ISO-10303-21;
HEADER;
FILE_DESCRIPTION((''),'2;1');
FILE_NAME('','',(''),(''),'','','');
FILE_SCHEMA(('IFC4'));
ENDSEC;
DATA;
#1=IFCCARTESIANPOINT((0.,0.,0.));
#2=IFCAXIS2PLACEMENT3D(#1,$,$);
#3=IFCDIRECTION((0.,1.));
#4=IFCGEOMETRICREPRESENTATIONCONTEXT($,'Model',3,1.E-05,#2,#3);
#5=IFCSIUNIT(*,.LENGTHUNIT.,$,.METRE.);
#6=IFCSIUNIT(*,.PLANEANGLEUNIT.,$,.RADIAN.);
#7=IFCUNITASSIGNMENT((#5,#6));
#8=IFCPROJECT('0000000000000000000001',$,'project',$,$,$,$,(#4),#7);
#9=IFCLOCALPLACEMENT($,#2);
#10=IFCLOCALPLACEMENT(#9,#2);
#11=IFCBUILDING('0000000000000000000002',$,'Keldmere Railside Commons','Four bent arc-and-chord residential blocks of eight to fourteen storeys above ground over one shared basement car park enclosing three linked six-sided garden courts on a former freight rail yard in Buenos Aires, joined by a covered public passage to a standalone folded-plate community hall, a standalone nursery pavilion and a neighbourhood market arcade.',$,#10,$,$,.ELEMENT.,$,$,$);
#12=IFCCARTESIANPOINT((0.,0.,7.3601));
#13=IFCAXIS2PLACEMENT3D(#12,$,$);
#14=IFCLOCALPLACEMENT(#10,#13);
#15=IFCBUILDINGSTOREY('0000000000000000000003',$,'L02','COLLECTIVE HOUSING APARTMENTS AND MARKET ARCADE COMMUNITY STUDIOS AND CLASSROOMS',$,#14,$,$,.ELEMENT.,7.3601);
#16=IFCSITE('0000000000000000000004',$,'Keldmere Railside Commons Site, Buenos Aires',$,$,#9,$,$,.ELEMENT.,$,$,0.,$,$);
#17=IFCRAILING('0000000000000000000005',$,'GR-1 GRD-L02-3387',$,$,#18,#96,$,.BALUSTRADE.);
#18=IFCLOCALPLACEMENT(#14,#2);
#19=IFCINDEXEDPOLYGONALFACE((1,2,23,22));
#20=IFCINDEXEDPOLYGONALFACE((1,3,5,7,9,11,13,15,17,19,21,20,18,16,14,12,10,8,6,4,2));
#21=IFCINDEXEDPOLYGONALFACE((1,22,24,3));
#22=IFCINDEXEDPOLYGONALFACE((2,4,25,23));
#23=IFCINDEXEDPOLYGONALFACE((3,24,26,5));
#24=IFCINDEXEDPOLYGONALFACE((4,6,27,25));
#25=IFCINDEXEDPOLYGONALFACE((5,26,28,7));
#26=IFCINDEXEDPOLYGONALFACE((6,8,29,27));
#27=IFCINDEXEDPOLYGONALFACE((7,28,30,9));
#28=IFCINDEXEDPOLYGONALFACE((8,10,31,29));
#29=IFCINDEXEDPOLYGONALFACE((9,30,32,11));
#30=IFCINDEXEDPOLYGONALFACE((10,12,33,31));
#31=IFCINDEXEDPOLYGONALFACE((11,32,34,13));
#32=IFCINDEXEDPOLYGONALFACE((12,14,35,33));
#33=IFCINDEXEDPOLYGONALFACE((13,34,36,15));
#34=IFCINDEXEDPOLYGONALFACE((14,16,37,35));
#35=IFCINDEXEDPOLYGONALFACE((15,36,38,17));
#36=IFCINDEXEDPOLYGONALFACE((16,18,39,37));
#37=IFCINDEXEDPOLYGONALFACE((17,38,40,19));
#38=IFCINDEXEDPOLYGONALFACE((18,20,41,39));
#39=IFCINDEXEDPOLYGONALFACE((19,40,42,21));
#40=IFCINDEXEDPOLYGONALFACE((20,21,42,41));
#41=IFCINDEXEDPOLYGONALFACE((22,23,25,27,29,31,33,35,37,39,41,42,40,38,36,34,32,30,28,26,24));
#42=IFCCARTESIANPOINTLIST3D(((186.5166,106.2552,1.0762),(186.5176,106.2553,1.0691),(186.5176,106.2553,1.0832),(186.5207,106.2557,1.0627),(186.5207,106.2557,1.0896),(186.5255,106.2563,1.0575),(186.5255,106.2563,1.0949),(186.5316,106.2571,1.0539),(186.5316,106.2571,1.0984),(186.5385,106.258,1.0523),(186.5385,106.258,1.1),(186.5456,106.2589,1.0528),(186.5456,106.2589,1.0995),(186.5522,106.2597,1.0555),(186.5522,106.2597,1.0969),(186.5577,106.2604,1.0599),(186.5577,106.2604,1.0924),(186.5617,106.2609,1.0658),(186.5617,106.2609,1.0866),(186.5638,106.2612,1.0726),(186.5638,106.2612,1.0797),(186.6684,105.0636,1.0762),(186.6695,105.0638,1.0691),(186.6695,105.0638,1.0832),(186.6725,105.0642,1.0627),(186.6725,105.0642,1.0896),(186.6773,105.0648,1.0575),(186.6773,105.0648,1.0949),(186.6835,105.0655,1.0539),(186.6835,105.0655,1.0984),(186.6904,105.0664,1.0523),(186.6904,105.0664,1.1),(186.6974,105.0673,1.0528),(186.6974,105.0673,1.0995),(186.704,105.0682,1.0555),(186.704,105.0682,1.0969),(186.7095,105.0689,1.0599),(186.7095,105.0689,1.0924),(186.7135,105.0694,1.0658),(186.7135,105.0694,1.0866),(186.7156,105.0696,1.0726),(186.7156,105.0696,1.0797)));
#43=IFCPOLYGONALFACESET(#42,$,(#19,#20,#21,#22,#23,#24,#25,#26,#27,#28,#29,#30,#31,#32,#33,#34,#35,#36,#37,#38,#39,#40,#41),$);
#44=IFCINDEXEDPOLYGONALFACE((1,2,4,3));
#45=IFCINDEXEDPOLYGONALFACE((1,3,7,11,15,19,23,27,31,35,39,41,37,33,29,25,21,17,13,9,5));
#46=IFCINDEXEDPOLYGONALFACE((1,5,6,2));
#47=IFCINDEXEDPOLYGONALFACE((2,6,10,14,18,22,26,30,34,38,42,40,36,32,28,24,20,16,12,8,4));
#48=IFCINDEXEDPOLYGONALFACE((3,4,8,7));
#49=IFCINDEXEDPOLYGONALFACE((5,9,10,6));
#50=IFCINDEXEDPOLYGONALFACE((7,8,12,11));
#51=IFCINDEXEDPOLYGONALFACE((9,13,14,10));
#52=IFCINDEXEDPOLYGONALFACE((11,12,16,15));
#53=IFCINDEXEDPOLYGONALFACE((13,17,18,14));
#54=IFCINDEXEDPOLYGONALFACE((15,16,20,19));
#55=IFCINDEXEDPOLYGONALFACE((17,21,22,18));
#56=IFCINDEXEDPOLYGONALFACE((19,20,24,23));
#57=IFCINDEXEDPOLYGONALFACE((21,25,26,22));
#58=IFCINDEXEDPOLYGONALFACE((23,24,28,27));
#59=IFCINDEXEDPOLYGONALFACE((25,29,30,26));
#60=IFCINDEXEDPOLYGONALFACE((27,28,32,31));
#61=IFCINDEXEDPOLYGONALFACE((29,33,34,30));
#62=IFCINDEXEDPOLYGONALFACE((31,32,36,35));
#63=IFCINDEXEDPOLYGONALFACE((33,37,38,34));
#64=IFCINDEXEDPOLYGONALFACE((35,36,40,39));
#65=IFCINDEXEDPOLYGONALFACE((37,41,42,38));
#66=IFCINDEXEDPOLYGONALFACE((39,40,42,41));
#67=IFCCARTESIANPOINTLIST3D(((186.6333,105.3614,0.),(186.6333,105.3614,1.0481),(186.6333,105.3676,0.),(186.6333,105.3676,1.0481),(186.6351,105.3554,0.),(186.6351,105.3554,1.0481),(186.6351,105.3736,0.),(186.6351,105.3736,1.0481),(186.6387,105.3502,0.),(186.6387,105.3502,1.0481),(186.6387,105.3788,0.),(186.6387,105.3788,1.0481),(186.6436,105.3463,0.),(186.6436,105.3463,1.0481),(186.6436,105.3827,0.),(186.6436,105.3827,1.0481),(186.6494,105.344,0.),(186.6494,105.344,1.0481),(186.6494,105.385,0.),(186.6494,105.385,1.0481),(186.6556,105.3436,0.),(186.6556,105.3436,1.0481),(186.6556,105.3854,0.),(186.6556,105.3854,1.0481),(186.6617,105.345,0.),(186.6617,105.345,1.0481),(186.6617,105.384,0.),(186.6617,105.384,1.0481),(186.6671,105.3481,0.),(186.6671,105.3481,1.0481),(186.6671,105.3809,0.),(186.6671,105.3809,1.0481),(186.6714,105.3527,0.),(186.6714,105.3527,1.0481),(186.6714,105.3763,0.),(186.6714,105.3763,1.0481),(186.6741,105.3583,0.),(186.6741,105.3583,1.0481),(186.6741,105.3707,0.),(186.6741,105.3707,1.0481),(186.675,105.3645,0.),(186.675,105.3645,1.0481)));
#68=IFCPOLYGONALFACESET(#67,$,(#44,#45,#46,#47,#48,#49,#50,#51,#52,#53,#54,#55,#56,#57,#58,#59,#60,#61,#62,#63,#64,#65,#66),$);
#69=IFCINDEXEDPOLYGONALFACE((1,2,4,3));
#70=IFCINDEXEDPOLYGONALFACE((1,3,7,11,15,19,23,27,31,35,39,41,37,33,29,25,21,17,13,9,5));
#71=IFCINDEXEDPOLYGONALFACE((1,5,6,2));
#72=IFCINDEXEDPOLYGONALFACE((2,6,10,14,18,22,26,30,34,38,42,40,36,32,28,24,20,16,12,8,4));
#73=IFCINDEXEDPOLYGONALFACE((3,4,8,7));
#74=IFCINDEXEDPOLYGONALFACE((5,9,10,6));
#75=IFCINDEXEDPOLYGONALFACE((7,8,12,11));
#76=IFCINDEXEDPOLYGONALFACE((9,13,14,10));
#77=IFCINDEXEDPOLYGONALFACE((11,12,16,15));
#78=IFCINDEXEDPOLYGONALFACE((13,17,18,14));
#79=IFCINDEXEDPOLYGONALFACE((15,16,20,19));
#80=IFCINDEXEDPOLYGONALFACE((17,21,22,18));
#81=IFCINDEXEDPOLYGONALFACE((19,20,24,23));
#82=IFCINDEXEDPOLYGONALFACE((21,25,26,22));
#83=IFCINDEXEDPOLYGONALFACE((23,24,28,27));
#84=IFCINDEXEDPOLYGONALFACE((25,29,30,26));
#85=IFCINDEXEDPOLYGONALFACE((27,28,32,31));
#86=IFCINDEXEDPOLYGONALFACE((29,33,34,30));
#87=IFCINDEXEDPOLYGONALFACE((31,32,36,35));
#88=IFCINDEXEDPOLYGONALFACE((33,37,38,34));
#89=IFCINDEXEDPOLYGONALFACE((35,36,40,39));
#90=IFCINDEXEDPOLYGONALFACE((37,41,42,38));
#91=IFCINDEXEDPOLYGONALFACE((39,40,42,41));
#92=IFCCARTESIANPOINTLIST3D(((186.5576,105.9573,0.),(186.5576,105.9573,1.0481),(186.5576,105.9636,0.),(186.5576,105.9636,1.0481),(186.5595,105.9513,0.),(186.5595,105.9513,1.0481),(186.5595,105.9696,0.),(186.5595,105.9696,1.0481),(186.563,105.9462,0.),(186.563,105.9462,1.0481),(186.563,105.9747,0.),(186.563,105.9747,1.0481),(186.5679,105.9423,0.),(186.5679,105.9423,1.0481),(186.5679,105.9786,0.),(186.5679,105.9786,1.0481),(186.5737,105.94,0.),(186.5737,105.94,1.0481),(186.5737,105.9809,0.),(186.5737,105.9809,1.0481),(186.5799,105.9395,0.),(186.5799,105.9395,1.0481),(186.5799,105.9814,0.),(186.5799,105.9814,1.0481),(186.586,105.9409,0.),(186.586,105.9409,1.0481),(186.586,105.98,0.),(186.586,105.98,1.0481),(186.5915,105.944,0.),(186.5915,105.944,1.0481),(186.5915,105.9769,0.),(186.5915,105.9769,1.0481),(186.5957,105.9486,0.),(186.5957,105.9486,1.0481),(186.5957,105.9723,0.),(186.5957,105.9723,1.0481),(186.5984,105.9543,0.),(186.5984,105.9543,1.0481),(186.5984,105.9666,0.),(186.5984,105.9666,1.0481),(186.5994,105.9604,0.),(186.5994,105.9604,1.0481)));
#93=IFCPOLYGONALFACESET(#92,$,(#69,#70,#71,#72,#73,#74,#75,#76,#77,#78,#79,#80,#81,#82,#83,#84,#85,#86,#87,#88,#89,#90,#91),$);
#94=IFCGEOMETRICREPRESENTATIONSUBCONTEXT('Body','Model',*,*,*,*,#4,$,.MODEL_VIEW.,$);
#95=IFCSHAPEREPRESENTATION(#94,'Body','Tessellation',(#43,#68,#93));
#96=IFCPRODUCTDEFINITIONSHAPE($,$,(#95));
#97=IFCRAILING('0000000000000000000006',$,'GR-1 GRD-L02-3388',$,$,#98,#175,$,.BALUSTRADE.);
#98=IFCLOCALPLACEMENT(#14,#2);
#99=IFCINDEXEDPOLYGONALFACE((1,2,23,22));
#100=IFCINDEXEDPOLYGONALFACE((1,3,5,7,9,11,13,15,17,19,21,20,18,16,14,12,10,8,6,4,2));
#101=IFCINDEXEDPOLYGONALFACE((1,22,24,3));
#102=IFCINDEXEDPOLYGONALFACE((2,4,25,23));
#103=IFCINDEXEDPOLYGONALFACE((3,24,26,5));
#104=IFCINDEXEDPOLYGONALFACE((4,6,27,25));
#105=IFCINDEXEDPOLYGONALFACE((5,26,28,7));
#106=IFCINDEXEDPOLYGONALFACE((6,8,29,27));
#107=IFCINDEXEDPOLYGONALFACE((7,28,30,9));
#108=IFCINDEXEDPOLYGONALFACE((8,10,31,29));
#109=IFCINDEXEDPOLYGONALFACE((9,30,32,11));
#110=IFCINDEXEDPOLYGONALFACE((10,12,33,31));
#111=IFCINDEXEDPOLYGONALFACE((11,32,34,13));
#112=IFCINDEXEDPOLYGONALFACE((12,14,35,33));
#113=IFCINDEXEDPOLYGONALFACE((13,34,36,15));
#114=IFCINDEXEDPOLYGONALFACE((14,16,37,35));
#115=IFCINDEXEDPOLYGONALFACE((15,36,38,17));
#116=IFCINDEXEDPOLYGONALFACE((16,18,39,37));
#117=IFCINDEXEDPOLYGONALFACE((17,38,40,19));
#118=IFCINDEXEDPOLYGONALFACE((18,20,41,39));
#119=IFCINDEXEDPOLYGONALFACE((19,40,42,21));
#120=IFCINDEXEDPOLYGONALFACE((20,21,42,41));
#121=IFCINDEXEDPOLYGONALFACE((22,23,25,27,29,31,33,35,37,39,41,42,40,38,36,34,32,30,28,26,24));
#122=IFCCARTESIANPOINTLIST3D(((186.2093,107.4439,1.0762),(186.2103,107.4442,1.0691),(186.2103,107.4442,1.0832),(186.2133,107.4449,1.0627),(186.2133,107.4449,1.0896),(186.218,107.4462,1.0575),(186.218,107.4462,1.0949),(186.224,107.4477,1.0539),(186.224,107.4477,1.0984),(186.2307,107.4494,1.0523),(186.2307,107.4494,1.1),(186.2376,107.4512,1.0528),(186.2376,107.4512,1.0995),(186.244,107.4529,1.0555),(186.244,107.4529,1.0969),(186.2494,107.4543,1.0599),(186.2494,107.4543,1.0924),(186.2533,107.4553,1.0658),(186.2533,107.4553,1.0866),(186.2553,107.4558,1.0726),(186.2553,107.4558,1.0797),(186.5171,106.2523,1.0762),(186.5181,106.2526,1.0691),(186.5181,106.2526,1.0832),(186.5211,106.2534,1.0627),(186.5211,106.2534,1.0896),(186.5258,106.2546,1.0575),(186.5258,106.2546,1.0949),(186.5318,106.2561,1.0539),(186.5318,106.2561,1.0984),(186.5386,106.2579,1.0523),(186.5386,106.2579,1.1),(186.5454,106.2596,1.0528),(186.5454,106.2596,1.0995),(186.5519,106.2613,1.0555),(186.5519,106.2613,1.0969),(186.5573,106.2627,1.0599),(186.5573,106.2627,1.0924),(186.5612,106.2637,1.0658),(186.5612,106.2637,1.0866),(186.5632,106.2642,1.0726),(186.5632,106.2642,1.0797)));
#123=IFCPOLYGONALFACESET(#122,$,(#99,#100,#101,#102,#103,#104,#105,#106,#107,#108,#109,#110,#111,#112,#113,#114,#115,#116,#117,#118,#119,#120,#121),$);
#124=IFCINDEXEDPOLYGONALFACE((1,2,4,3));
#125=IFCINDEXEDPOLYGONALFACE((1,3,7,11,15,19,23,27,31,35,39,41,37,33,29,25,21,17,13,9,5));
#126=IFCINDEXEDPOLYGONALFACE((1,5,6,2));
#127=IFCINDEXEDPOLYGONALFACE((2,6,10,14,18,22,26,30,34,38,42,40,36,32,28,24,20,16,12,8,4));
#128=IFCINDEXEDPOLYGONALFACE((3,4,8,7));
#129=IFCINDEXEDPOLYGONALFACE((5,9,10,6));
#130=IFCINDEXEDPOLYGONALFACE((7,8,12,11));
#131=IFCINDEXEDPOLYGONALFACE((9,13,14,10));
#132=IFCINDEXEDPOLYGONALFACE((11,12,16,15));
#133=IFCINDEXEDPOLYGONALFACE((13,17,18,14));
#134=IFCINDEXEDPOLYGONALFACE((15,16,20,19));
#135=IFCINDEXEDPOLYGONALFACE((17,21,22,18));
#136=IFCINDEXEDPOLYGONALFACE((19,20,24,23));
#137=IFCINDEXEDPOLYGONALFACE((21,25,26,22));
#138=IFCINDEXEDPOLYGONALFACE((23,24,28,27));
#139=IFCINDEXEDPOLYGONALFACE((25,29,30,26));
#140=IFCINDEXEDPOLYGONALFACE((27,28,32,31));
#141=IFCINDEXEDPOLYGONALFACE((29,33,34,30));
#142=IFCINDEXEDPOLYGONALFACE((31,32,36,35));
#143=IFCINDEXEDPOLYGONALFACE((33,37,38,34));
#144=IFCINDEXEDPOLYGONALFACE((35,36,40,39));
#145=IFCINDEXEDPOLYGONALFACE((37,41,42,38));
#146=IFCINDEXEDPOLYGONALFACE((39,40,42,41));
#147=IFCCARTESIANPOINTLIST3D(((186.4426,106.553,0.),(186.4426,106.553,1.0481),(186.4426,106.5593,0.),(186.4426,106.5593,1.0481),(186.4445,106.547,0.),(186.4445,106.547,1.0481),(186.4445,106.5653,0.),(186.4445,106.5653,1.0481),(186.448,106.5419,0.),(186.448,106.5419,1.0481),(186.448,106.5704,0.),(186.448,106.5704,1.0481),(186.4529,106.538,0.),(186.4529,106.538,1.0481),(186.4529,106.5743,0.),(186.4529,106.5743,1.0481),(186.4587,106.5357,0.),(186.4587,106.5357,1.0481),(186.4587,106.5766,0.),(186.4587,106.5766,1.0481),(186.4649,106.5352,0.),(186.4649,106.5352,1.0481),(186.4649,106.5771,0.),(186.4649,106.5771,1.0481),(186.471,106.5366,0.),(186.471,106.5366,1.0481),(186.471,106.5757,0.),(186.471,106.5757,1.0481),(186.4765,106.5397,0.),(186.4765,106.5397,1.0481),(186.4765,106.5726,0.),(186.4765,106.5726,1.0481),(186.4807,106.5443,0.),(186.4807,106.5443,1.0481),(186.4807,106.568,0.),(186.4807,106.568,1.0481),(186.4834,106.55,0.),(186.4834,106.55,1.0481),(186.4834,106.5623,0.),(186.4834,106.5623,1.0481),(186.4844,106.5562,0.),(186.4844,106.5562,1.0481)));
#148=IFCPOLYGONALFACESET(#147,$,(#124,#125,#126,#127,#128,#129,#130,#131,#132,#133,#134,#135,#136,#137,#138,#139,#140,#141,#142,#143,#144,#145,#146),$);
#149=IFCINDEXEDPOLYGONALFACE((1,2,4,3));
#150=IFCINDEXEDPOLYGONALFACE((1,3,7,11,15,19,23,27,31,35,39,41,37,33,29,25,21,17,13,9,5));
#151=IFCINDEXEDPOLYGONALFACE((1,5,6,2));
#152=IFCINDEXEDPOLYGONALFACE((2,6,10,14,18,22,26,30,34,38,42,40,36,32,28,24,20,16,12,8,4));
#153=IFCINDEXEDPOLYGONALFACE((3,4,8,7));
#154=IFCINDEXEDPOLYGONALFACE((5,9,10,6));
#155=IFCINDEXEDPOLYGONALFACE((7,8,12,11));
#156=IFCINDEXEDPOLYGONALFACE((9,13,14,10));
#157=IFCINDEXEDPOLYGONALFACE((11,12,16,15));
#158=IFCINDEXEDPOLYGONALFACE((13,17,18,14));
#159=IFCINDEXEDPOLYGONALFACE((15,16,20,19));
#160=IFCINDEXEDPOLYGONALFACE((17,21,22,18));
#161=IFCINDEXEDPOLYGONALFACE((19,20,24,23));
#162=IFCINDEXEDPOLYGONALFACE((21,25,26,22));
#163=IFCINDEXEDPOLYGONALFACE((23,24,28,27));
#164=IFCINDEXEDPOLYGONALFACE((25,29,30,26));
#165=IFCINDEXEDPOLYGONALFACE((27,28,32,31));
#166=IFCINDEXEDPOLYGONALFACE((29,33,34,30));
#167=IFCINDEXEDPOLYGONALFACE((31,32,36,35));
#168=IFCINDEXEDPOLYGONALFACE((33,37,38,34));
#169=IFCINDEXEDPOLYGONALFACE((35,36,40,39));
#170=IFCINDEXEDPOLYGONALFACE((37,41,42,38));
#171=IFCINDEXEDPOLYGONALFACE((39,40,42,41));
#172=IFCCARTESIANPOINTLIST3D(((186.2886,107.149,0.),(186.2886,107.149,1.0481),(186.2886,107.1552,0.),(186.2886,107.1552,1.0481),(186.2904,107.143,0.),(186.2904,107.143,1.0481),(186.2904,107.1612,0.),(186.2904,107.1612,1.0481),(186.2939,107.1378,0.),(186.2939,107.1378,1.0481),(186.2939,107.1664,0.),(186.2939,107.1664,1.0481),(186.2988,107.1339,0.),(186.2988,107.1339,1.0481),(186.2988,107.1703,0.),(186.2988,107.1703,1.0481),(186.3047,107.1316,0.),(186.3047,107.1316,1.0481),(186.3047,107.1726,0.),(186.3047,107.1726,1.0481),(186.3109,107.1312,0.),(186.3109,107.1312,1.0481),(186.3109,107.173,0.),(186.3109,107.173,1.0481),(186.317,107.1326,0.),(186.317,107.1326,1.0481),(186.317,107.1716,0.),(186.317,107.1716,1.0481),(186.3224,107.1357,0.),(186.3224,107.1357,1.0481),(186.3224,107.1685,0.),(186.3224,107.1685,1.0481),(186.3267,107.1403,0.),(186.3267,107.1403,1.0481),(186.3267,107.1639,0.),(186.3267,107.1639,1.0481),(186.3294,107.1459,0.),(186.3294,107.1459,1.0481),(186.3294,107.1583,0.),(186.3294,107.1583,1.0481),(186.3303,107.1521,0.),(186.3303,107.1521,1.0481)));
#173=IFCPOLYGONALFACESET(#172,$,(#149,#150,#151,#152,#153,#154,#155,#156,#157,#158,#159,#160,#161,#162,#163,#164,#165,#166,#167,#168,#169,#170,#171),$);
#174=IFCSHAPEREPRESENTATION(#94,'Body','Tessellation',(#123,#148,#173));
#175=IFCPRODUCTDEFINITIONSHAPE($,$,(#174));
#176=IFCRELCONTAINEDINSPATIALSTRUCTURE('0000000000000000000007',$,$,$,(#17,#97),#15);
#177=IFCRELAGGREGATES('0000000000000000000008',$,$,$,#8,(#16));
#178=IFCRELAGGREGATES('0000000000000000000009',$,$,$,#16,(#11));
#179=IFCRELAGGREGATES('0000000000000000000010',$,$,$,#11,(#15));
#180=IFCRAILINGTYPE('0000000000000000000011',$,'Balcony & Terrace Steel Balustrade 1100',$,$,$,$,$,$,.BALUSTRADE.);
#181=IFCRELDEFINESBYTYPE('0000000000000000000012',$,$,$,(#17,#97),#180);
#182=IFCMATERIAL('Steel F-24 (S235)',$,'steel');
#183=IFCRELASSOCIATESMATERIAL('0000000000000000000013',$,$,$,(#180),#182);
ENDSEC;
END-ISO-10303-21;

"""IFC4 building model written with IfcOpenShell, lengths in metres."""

from ifc_helpers import new_model, si_unit, direction, frame, origin, origin_2d, place, context, subcontext, project, spatial, circle, extrude, material, type_object, element, save


model = new_model("IFC4")

# Units and contexts
model_context = context("Model", 3, precision=1e-05, world=origin(), true_north=direction((0.0, 1.0)))
body_context = subcontext(model_context, "Body", "Model", "MODEL_VIEW")
ifc_project = project(units=[si_unit("LENGTHUNIT", "METRE"), si_unit("PLANEANGLEUNIT", "RADIAN")], contexts=[model_context])

# Site, building, storey
site_placement = place(None, origin())
site = spatial("IfcSite", under=ifc_project, at=site_placement, Name="Keldmere Railside Commons Site, Buenos Aires", CompositionType="ELEMENT", RefElevation=0.0)
building_placement = place(site_placement, origin())
building = spatial("IfcBuilding", under=site, at=building_placement, Name="Keldmere Railside Commons", Description="Four bent arc-and-chord residential blocks of eight to fourteen storeys above ground over one shared basement car park enclosing three linked six-sided garden courts on a former freight rail yard in Buenos Aires, joined by a covered public passage to a standalone folded-plate community hall, a standalone nursery pavilion and a neighbourhood market arcade.", CompositionType="ELEMENT")
storey_placement = place(building_placement, frame((0.0, 0.0, 7.3601)))
storey = spatial("IfcBuildingStorey", under=building, at=storey_placement, Name="L02", Description="COLLECTIVE HOUSING APARTMENTS AND MARKET ARCADE COMMUNITY STUDIOS AND CLASSROOMS", CompositionType="ELEMENT", Elevation=7.3601)

# Railings
ifc_material_1 = material(Name="Steel F-24 (S235)", Category="steel")
railing_type = type_object("IfcRailingType", Name="Balcony & Terrace Steel Balustrade 1100", PredefinedType="BALUSTRADE", material=ifc_material_1)
railing_1_placement = place(storey_placement, frame((186.6921, 105.0667, 0.0)))
element("IfcRailing", 1, at=railing_1_placement, inside=storey, type_object=railing_type, Name="GR-1 GRD-L02-3387", PredefinedType="BALUSTRADE", context=body_context, shape_type="SweptSolid", body=[
    extrude(circle(Radius=0.0239, at=origin_2d()), frame((0.0, 0.0, 1.0762), z_axis=(-0.126411, 0.991978, 0.0), x_axis=(-0.991978, -0.126411, 0.0)), (0.0, 0.0, 1.0), 1.2012),
    extrude(circle(Radius=0.021, at=origin_2d()), frame((-0.0381, 0.2979, 0.0)), (0.0, 0.0, 1.0), 1.0481),
    extrude(circle(Radius=0.021, at=origin_2d()), frame((-0.1138, 0.8938, 0.0)), (0.0, 0.0, 1.0), 1.0481),
])
railing_2_placement = place(storey_placement, frame((186.5403, 106.2583, 0.0)))
element("IfcRailing", 2, at=railing_2_placement, inside=storey, type_object=railing_type, Name="GR-1 GRD-L02-3388", PredefinedType="BALUSTRADE", context=body_context, shape_type="SweptSolid", body=[
    extrude(circle(Radius=0.0239, at=origin_2d()), frame((0.0, 0.0, 1.0762), z_axis=(-0.250136, 0.968211, 0.0), x_axis=(-0.968211, -0.250136, 0.0)), (0.0, 0.0, 1.0), 1.2307),
    extrude(circle(Radius=0.021, at=origin_2d()), frame((-0.0769, 0.2979, 0.0)), (0.0, 0.0, 1.0), 1.0481),
    extrude(circle(Radius=0.021, at=origin_2d()), frame((-0.231, 0.8938, 0.0)), (0.0, 0.0, 1.0), 1.0481),
])

save(model, "model.ifc")
